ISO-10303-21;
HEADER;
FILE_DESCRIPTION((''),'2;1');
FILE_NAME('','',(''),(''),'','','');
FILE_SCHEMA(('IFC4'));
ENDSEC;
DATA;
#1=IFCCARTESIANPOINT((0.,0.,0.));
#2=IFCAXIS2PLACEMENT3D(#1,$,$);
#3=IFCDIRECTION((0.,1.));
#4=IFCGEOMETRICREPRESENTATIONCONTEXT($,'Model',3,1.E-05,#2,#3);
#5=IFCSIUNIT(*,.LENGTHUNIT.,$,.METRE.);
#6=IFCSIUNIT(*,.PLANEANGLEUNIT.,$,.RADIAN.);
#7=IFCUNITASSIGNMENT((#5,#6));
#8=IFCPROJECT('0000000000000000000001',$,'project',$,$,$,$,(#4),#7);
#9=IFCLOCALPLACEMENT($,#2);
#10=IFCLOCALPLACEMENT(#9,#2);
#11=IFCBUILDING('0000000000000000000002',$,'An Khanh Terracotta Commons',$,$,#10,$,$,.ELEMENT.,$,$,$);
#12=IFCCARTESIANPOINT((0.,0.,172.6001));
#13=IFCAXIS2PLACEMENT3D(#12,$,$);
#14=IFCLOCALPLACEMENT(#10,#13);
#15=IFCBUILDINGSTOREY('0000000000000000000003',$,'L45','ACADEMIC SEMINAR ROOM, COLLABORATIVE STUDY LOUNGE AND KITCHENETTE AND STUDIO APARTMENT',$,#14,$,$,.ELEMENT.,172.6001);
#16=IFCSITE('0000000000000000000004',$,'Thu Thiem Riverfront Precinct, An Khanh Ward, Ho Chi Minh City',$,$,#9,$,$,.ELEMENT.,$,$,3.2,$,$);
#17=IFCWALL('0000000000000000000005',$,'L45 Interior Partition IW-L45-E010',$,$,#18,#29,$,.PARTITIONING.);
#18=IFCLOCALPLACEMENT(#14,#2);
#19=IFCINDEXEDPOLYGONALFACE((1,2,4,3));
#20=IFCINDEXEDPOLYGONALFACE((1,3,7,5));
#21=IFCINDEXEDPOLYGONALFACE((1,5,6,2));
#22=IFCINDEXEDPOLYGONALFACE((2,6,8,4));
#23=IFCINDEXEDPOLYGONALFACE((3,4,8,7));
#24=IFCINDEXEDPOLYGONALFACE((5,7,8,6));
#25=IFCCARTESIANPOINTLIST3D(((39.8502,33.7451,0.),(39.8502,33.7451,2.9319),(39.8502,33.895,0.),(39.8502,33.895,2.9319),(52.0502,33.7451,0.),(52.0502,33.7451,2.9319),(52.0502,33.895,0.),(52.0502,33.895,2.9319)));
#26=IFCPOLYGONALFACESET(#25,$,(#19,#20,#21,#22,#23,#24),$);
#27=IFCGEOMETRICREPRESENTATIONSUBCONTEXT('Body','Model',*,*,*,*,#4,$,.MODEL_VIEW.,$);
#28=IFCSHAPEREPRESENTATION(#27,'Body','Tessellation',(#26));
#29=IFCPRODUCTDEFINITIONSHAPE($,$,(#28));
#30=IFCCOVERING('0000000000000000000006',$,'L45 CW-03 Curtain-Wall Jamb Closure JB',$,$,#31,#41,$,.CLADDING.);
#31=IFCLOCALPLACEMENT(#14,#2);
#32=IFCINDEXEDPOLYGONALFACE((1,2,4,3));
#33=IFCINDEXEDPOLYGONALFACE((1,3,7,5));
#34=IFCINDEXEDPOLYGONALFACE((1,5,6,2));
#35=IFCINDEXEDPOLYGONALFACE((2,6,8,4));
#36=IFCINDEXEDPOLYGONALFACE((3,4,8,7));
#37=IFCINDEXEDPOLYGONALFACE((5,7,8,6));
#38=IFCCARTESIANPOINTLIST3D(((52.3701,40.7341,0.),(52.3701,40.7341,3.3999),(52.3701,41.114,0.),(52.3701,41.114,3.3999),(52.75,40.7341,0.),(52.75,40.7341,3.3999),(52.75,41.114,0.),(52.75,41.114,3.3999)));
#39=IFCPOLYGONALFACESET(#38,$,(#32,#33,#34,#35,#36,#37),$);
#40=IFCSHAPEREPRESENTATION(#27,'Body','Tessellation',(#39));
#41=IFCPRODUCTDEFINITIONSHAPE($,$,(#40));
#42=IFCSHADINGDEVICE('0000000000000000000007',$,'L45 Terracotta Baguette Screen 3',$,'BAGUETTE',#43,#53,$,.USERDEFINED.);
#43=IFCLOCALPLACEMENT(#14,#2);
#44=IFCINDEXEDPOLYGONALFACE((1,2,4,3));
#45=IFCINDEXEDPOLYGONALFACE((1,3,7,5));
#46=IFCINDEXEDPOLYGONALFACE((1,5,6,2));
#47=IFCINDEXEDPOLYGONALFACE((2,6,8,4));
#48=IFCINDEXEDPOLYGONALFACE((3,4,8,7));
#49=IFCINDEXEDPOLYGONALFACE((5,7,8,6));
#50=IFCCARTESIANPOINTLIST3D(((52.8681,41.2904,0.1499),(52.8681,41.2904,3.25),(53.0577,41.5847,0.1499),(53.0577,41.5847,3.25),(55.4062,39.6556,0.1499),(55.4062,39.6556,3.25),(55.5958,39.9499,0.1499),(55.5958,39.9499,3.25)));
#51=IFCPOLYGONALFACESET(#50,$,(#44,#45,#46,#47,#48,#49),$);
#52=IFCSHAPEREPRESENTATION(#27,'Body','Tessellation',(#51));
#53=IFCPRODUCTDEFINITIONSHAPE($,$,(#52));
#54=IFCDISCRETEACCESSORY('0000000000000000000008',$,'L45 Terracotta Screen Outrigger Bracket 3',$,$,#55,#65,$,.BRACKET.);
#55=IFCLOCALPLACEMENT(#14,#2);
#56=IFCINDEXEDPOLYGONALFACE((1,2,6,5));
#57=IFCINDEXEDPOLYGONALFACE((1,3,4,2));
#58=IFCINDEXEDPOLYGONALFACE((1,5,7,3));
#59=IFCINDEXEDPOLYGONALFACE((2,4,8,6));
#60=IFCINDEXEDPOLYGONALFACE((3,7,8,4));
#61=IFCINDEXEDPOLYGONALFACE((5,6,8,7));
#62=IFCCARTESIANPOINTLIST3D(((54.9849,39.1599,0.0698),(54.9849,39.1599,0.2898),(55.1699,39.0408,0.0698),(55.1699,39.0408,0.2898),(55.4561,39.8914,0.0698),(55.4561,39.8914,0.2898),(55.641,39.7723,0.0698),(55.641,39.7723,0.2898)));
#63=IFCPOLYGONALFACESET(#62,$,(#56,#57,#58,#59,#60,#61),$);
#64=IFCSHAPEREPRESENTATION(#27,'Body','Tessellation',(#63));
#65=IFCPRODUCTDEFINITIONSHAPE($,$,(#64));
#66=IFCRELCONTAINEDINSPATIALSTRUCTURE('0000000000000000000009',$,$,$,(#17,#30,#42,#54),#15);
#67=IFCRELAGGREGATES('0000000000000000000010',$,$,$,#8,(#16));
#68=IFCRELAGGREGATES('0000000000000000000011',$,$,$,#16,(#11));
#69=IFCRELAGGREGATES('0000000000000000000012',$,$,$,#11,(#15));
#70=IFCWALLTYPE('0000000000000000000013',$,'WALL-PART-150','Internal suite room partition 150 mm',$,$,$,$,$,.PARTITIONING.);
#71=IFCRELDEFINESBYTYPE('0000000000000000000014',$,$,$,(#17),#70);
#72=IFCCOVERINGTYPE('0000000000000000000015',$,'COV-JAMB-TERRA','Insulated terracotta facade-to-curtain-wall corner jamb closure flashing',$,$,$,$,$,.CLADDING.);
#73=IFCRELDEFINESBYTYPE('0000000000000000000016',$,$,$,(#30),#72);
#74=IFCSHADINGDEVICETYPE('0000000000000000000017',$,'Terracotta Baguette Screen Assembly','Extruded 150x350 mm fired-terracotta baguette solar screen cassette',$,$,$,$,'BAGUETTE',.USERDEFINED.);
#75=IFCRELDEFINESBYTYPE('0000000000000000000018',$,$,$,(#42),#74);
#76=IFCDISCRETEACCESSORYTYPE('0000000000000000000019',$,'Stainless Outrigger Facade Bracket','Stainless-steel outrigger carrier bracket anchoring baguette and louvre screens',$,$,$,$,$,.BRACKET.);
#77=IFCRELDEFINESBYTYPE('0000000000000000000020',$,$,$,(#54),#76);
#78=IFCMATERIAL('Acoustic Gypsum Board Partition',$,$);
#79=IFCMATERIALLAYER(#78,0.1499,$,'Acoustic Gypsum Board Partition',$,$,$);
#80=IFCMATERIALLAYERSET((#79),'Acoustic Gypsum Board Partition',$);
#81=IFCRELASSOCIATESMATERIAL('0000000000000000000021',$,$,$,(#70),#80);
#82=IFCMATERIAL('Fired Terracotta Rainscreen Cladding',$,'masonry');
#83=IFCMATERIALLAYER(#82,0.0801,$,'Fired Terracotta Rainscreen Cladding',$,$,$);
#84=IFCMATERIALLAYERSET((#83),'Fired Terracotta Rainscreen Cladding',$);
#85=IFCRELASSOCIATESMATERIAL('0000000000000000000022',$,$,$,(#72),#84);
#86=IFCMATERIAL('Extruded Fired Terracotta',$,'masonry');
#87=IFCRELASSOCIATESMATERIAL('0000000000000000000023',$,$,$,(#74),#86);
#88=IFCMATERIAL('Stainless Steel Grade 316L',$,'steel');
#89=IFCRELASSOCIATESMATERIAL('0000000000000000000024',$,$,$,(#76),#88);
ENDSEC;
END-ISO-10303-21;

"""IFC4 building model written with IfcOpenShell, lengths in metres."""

from ifc_helpers import new_model, si_unit, direction, frame, frame_2d, origin, origin_2d, place, context, subcontext, project, spatial, rectangle, extrude, material, layer, layer_set, type_object, element, save


model = new_model("IFC4")

# Units and contexts
model_context = context("Model", 3, precision=1e-05, world=origin(), true_north=direction((0.0, 1.0)))
body_context = subcontext(model_context, "Body", "Model", "MODEL_VIEW")
ifc_project = project(units=[si_unit("LENGTHUNIT", "METRE"), si_unit("PLANEANGLEUNIT", "RADIAN")], contexts=[model_context])

# Site, building, storey
site_placement = place(None, origin())
site = spatial("IfcSite", under=ifc_project, at=site_placement, Name="Thu Thiem Riverfront Precinct, An Khanh Ward, Ho Chi Minh City", CompositionType="ELEMENT", RefElevation=3.2)
building_placement = place(site_placement, origin())
building = spatial("IfcBuilding", under=site, at=building_placement, Name="An Khanh Terracotta Commons", CompositionType="ELEMENT")
storey_placement = place(building_placement, frame((0.0, 0.0, 172.6001)))
storey = spatial("IfcBuildingStorey", under=building, at=storey_placement, Name="L45", Description="ACADEMIC SEMINAR ROOM, COLLABORATIVE STUDY LOUNGE AND KITCHENETTE AND STUDIO APARTMENT", CompositionType="ELEMENT", Elevation=172.6001)

# Wall
ifc_material_1 = material(Name="Acoustic Gypsum Board Partition")
ifc_layer_1 = layer(ifc_material_1, 0.1499, Name="Acoustic Gypsum Board Partition")
ifc_layer_set_1 = layer_set([ifc_layer_1], Name="Acoustic Gypsum Board Partition")
wall_type_1 = type_object("IfcWallType", Name="WALL-PART-150", Description="Internal suite room partition 150 mm", PredefinedType="PARTITIONING", material=ifc_layer_set_1)
wall_1_placement = place(storey_placement, frame((39.8501, 33.8201, 0.0), z_axis=(0.0, 0.0, 1.0), x_axis=(1.0, 0.0, 0.0)))
element("IfcWall", 1, at=wall_1_placement, inside=storey, type_object=wall_type_1, Name="L45 Interior Partition IW-L45-E010", PredefinedType="PARTITIONING", context=body_context, shape_type="SweptSolid", body=[
    extrude(rectangle(XDim=12.2, YDim=0.1499, at=frame_2d((6.1001, 0.0))), origin(), (0.0, 0.0, 1.0), 2.9319),
])

# Covering
ifc_material_2 = material(Name="Fired Terracotta Rainscreen Cladding", Category="masonry")
ifc_layer_2 = layer(ifc_material_2, 0.0801, Name="Fired Terracotta Rainscreen Cladding")
ifc_layer_set_2 = layer_set([ifc_layer_2], Name="Fired Terracotta Rainscreen Cladding")
covering_type = type_object("IfcCoveringType", Name="COV-JAMB-TERRA", Description="Insulated terracotta facade-to-curtain-wall corner jamb closure flashing", PredefinedType="CLADDING", material=ifc_layer_set_2)
covering_placement = place(storey_placement, frame((52.5601, 40.9241, 0.0), z_axis=(0.0, 0.0, 1.0), x_axis=(1.0, 0.0, 0.0)))
element("IfcCovering", 2, at=covering_placement, inside=storey, type_object=covering_type, Name="L45 CW-03 Curtain-Wall Jamb Closure JB", PredefinedType="CLADDING", context=body_context, shape_type="SweptSolid", body=[
    extrude(rectangle(XDim=0.3799, YDim=0.3799, at=origin_2d()), origin(), (0.0, 0.0, 1.0), 3.3999),
])

# Shading device
ifc_material_3 = material(Name="Extruded Fired Terracotta", Category="masonry")
shading_device_type = type_object("IfcShadingDeviceType", Name="Terracotta Baguette Screen Assembly", Description="Extruded 150x350 mm fired-terracotta baguette solar screen cassette", ElementType="BAGUETTE", PredefinedType="USERDEFINED", material=ifc_material_3)
shading_device_placement = place(storey_placement, frame((54.2319, 40.6201, 0.1499), z_axis=(0.0, 0.0, 1.0), x_axis=(-0.840702, 0.541498, 0.0)))
element("IfcShadingDevice", 3, at=shading_device_placement, inside=storey, type_object=shading_device_type, Name="L45 Terracotta Baguette Screen 3", ObjectType="BAGUETTE", PredefinedType="USERDEFINED", context=body_context, shape_type="SweptSolid", body=[
    extrude(rectangle(XDim=3.019, YDim=0.3501, at=origin_2d()), origin(), (0.0, 0.0, 1.0), 3.1001),
])

# Discrete accessory
ifc_material_4 = material(Name="Stainless Steel Grade 316L", Category="steel")
discrete_accessory_type = type_object("IfcDiscreteAccessoryType", Name="Stainless Outrigger Facade Bracket", Description="Stainless-steel outrigger carrier bracket anchoring baguette and louvre screens", PredefinedType="BRACKET", material=ifc_material_4)
discrete_accessory_placement = place(storey_placement, frame((55.313, 39.4661, 0.0698), z_axis=(0.0, 0.0, 1.0), x_axis=(-0.840702, 0.541498, 0.0)))
element("IfcDiscreteAccessory", 4, at=discrete_accessory_placement, inside=storey, type_object=discrete_accessory_type, Name="L45 Terracotta Screen Outrigger Bracket 3", PredefinedType="BRACKET", context=body_context, shape_type="SweptSolid", body=[
    extrude(rectangle(XDim=0.22, YDim=0.8701, at=origin_2d()), origin(), (0.0, 0.0, 1.0), 0.22),
])

save(model, "model.ifc")
